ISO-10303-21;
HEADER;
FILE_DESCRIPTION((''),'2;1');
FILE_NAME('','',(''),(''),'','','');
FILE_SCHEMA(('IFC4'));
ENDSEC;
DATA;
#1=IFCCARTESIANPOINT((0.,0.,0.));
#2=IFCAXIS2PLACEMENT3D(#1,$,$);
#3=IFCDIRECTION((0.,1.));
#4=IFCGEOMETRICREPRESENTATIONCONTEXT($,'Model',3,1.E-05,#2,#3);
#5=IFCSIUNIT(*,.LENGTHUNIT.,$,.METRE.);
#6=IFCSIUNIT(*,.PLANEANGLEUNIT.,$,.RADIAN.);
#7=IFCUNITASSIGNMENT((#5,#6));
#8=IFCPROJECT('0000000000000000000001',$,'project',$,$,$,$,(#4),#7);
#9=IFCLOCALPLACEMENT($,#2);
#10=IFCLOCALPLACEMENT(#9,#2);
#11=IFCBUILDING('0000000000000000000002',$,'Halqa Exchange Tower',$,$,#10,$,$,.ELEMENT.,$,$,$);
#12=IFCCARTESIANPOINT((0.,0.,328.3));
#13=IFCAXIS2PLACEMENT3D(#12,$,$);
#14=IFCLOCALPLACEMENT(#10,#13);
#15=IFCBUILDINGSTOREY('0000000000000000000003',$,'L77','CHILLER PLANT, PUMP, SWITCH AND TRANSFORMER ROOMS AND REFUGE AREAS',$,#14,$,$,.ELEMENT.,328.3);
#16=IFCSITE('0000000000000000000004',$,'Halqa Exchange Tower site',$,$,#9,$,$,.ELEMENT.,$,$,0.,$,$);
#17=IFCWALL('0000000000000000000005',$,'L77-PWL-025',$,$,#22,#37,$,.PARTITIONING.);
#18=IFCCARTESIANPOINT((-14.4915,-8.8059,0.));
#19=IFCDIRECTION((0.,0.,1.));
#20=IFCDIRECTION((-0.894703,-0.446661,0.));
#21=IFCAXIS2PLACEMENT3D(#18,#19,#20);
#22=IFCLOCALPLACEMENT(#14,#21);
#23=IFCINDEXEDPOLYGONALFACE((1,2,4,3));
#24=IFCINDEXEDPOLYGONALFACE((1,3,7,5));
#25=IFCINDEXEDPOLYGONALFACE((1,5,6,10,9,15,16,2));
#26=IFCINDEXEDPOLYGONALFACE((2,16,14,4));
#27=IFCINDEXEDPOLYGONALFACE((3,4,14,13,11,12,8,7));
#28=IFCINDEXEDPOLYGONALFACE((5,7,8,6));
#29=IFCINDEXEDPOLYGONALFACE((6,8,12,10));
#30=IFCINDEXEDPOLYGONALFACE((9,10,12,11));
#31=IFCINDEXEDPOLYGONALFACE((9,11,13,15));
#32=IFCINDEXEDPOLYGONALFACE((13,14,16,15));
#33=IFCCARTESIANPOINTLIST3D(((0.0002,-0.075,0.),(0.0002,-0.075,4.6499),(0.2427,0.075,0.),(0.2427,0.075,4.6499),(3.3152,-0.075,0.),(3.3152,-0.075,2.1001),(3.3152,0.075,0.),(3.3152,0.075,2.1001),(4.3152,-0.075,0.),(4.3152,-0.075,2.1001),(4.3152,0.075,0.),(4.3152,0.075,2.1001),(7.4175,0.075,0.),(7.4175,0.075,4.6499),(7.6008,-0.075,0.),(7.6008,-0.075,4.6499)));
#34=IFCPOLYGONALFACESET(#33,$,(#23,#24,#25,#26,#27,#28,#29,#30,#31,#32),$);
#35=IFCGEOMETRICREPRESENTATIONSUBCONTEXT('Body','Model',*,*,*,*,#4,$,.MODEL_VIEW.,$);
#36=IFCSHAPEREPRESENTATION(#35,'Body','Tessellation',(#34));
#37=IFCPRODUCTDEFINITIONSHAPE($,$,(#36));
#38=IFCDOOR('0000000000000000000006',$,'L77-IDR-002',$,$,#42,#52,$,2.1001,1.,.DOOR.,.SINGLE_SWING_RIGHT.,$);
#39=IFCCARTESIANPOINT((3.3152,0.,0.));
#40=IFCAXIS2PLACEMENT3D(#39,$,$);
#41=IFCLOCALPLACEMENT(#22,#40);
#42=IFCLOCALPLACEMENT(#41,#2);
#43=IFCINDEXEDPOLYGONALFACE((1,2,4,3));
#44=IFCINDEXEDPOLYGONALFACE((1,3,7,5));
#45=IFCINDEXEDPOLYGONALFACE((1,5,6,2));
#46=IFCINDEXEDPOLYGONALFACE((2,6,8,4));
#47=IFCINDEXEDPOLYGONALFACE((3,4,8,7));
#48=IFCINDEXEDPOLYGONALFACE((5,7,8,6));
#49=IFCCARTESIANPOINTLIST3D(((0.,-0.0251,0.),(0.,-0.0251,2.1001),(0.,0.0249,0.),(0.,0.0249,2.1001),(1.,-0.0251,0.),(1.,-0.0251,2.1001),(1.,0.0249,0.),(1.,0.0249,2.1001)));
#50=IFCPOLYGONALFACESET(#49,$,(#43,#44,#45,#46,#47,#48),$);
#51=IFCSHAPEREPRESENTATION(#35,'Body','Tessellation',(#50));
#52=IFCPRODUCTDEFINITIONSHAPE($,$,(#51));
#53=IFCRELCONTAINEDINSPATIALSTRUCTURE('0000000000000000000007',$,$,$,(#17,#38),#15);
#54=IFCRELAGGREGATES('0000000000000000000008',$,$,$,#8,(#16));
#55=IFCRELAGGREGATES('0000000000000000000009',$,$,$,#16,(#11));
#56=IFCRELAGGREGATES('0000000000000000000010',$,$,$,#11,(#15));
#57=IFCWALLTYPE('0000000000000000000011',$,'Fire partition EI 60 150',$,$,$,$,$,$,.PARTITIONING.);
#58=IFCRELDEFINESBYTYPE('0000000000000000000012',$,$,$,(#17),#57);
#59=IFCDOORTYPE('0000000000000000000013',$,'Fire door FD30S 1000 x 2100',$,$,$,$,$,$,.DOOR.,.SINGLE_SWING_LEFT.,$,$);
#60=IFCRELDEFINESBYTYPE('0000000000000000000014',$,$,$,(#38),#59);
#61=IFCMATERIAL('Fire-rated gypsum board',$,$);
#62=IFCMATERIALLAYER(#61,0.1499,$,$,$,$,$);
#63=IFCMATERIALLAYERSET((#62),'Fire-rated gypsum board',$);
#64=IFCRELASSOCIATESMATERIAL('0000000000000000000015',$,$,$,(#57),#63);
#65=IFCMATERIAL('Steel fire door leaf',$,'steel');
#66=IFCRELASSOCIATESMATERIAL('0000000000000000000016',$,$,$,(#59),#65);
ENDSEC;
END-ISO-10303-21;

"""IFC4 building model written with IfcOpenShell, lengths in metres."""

from ifc_helpers import new_model, si_unit, direction, frame, frame_2d, origin, place, context, subcontext, project, spatial, polyline, rectangle, outline, extrude, material, layer, layer_set, type_object, element, fill, save


model = new_model("IFC4")

# Units and contexts
model_context = context("Model", 3, precision=1e-05, world=origin(), true_north=direction((0.0, 1.0)))
body_context = subcontext(model_context, "Body", "Model", "MODEL_VIEW")
ifc_project = project(units=[si_unit("LENGTHUNIT", "METRE"), si_unit("PLANEANGLEUNIT", "RADIAN")], contexts=[model_context])

# Site, building, storey
site_placement = place(None, origin())
site = spatial("IfcSite", under=ifc_project, at=site_placement, Name="Halqa Exchange Tower site", CompositionType="ELEMENT", RefElevation=0.0)
building_placement = place(site_placement, origin())
building = spatial("IfcBuilding", under=site, at=building_placement, Name="Halqa Exchange Tower", CompositionType="ELEMENT")
storey_placement = place(building_placement, frame((0.0, 0.0, 328.3)))
storey = spatial("IfcBuildingStorey", under=building, at=storey_placement, Name="L77", Description="CHILLER PLANT, PUMP, SWITCH AND TRANSFORMER ROOMS AND REFUGE AREAS", CompositionType="ELEMENT", Elevation=328.3)

# Wall, opening, door
ifc_material_1 = material(Name="Fire-rated gypsum board")
ifc_layer_1 = layer(ifc_material_1, 0.1499)
ifc_layer_set_1 = layer_set([ifc_layer_1], Name="Fire-rated gypsum board")
wall_type_1 = type_object("IfcWallType", Name="Fire partition EI 60 150", PredefinedType="PARTITIONING", material=ifc_layer_set_1)
wall_1_placement = place(storey_placement, frame((-14.4915, -8.8059, 0.0), z_axis=(0.0, 0.0, 1.0), x_axis=(-0.894703, -0.446661, 0.0)))
wall_1 = element("IfcWall", 1, at=wall_1_placement, inside=storey, type_object=wall_type_1, Name="L77-PWL-025", PredefinedType="PARTITIONING", context=body_context, shape_type="SweptSolid", body=[
    extrude(outline(polyline([(7.6008, -0.075), (7.6008, -0.075), (7.4175, 0.075), (5.6238, 0.075), (3.8301, 0.075), (2.0364, 0.075), (0.2427, 0.075), (0.0002, -0.075), (1.9004, -0.075), (3.8005, -0.075), (5.7007, -0.075), (7.6008, -0.075)])), origin(), (0.0, 0.0, 1.0), 4.6499),
])
opening_1_placement = place(wall_1_placement, frame((3.3152, 0.0, 0.0)))
opening_1 = element("IfcOpeningElement", 2, at=opening_1_placement, cuts=wall_1, PredefinedType="OPENING", context=body_context, shape_type="SweptSolid", body=[
    extrude(rectangle(XDim=1.0, YDim=2.1001, at=frame_2d((0.5, 1.05))), frame((0.0, 0.0869, 0.0), z_axis=(0.0, -1.0, 0.0), x_axis=(1.0, 0.0, 0.0)), (0.0, 0.0, 1.0), 0.1738),
])
ifc_material_2 = material(Name="Steel fire door leaf", Category="steel")
door_type_1 = type_object("IfcDoorType", Name="Fire door FD30S 1000 x 2100", OperationType="SINGLE_SWING_LEFT", PredefinedType="DOOR", material=ifc_material_2)
door_1_placement = place(opening_1_placement, origin())
door_1 = element("IfcDoor", 3, at=door_1_placement, inside=storey, type_object=door_type_1, Name="L77-IDR-002", OperationType="SINGLE_SWING_RIGHT", OverallHeight=2.1001, OverallWidth=1.0, PredefinedType="DOOR", context=body_context, shape_type="SweptSolid", body=[
    extrude(rectangle(XDim=1.0, YDim=2.1001, at=frame_2d((0.5, 1.05))), frame((0.0, 0.0249, 0.0), z_axis=(0.0, -1.0, 0.0), x_axis=(1.0, 0.0, 0.0)), (0.0, 0.0, 1.0), 0.05),
])
fill(opening_1, door_1)

save(model, "model.ifc")
